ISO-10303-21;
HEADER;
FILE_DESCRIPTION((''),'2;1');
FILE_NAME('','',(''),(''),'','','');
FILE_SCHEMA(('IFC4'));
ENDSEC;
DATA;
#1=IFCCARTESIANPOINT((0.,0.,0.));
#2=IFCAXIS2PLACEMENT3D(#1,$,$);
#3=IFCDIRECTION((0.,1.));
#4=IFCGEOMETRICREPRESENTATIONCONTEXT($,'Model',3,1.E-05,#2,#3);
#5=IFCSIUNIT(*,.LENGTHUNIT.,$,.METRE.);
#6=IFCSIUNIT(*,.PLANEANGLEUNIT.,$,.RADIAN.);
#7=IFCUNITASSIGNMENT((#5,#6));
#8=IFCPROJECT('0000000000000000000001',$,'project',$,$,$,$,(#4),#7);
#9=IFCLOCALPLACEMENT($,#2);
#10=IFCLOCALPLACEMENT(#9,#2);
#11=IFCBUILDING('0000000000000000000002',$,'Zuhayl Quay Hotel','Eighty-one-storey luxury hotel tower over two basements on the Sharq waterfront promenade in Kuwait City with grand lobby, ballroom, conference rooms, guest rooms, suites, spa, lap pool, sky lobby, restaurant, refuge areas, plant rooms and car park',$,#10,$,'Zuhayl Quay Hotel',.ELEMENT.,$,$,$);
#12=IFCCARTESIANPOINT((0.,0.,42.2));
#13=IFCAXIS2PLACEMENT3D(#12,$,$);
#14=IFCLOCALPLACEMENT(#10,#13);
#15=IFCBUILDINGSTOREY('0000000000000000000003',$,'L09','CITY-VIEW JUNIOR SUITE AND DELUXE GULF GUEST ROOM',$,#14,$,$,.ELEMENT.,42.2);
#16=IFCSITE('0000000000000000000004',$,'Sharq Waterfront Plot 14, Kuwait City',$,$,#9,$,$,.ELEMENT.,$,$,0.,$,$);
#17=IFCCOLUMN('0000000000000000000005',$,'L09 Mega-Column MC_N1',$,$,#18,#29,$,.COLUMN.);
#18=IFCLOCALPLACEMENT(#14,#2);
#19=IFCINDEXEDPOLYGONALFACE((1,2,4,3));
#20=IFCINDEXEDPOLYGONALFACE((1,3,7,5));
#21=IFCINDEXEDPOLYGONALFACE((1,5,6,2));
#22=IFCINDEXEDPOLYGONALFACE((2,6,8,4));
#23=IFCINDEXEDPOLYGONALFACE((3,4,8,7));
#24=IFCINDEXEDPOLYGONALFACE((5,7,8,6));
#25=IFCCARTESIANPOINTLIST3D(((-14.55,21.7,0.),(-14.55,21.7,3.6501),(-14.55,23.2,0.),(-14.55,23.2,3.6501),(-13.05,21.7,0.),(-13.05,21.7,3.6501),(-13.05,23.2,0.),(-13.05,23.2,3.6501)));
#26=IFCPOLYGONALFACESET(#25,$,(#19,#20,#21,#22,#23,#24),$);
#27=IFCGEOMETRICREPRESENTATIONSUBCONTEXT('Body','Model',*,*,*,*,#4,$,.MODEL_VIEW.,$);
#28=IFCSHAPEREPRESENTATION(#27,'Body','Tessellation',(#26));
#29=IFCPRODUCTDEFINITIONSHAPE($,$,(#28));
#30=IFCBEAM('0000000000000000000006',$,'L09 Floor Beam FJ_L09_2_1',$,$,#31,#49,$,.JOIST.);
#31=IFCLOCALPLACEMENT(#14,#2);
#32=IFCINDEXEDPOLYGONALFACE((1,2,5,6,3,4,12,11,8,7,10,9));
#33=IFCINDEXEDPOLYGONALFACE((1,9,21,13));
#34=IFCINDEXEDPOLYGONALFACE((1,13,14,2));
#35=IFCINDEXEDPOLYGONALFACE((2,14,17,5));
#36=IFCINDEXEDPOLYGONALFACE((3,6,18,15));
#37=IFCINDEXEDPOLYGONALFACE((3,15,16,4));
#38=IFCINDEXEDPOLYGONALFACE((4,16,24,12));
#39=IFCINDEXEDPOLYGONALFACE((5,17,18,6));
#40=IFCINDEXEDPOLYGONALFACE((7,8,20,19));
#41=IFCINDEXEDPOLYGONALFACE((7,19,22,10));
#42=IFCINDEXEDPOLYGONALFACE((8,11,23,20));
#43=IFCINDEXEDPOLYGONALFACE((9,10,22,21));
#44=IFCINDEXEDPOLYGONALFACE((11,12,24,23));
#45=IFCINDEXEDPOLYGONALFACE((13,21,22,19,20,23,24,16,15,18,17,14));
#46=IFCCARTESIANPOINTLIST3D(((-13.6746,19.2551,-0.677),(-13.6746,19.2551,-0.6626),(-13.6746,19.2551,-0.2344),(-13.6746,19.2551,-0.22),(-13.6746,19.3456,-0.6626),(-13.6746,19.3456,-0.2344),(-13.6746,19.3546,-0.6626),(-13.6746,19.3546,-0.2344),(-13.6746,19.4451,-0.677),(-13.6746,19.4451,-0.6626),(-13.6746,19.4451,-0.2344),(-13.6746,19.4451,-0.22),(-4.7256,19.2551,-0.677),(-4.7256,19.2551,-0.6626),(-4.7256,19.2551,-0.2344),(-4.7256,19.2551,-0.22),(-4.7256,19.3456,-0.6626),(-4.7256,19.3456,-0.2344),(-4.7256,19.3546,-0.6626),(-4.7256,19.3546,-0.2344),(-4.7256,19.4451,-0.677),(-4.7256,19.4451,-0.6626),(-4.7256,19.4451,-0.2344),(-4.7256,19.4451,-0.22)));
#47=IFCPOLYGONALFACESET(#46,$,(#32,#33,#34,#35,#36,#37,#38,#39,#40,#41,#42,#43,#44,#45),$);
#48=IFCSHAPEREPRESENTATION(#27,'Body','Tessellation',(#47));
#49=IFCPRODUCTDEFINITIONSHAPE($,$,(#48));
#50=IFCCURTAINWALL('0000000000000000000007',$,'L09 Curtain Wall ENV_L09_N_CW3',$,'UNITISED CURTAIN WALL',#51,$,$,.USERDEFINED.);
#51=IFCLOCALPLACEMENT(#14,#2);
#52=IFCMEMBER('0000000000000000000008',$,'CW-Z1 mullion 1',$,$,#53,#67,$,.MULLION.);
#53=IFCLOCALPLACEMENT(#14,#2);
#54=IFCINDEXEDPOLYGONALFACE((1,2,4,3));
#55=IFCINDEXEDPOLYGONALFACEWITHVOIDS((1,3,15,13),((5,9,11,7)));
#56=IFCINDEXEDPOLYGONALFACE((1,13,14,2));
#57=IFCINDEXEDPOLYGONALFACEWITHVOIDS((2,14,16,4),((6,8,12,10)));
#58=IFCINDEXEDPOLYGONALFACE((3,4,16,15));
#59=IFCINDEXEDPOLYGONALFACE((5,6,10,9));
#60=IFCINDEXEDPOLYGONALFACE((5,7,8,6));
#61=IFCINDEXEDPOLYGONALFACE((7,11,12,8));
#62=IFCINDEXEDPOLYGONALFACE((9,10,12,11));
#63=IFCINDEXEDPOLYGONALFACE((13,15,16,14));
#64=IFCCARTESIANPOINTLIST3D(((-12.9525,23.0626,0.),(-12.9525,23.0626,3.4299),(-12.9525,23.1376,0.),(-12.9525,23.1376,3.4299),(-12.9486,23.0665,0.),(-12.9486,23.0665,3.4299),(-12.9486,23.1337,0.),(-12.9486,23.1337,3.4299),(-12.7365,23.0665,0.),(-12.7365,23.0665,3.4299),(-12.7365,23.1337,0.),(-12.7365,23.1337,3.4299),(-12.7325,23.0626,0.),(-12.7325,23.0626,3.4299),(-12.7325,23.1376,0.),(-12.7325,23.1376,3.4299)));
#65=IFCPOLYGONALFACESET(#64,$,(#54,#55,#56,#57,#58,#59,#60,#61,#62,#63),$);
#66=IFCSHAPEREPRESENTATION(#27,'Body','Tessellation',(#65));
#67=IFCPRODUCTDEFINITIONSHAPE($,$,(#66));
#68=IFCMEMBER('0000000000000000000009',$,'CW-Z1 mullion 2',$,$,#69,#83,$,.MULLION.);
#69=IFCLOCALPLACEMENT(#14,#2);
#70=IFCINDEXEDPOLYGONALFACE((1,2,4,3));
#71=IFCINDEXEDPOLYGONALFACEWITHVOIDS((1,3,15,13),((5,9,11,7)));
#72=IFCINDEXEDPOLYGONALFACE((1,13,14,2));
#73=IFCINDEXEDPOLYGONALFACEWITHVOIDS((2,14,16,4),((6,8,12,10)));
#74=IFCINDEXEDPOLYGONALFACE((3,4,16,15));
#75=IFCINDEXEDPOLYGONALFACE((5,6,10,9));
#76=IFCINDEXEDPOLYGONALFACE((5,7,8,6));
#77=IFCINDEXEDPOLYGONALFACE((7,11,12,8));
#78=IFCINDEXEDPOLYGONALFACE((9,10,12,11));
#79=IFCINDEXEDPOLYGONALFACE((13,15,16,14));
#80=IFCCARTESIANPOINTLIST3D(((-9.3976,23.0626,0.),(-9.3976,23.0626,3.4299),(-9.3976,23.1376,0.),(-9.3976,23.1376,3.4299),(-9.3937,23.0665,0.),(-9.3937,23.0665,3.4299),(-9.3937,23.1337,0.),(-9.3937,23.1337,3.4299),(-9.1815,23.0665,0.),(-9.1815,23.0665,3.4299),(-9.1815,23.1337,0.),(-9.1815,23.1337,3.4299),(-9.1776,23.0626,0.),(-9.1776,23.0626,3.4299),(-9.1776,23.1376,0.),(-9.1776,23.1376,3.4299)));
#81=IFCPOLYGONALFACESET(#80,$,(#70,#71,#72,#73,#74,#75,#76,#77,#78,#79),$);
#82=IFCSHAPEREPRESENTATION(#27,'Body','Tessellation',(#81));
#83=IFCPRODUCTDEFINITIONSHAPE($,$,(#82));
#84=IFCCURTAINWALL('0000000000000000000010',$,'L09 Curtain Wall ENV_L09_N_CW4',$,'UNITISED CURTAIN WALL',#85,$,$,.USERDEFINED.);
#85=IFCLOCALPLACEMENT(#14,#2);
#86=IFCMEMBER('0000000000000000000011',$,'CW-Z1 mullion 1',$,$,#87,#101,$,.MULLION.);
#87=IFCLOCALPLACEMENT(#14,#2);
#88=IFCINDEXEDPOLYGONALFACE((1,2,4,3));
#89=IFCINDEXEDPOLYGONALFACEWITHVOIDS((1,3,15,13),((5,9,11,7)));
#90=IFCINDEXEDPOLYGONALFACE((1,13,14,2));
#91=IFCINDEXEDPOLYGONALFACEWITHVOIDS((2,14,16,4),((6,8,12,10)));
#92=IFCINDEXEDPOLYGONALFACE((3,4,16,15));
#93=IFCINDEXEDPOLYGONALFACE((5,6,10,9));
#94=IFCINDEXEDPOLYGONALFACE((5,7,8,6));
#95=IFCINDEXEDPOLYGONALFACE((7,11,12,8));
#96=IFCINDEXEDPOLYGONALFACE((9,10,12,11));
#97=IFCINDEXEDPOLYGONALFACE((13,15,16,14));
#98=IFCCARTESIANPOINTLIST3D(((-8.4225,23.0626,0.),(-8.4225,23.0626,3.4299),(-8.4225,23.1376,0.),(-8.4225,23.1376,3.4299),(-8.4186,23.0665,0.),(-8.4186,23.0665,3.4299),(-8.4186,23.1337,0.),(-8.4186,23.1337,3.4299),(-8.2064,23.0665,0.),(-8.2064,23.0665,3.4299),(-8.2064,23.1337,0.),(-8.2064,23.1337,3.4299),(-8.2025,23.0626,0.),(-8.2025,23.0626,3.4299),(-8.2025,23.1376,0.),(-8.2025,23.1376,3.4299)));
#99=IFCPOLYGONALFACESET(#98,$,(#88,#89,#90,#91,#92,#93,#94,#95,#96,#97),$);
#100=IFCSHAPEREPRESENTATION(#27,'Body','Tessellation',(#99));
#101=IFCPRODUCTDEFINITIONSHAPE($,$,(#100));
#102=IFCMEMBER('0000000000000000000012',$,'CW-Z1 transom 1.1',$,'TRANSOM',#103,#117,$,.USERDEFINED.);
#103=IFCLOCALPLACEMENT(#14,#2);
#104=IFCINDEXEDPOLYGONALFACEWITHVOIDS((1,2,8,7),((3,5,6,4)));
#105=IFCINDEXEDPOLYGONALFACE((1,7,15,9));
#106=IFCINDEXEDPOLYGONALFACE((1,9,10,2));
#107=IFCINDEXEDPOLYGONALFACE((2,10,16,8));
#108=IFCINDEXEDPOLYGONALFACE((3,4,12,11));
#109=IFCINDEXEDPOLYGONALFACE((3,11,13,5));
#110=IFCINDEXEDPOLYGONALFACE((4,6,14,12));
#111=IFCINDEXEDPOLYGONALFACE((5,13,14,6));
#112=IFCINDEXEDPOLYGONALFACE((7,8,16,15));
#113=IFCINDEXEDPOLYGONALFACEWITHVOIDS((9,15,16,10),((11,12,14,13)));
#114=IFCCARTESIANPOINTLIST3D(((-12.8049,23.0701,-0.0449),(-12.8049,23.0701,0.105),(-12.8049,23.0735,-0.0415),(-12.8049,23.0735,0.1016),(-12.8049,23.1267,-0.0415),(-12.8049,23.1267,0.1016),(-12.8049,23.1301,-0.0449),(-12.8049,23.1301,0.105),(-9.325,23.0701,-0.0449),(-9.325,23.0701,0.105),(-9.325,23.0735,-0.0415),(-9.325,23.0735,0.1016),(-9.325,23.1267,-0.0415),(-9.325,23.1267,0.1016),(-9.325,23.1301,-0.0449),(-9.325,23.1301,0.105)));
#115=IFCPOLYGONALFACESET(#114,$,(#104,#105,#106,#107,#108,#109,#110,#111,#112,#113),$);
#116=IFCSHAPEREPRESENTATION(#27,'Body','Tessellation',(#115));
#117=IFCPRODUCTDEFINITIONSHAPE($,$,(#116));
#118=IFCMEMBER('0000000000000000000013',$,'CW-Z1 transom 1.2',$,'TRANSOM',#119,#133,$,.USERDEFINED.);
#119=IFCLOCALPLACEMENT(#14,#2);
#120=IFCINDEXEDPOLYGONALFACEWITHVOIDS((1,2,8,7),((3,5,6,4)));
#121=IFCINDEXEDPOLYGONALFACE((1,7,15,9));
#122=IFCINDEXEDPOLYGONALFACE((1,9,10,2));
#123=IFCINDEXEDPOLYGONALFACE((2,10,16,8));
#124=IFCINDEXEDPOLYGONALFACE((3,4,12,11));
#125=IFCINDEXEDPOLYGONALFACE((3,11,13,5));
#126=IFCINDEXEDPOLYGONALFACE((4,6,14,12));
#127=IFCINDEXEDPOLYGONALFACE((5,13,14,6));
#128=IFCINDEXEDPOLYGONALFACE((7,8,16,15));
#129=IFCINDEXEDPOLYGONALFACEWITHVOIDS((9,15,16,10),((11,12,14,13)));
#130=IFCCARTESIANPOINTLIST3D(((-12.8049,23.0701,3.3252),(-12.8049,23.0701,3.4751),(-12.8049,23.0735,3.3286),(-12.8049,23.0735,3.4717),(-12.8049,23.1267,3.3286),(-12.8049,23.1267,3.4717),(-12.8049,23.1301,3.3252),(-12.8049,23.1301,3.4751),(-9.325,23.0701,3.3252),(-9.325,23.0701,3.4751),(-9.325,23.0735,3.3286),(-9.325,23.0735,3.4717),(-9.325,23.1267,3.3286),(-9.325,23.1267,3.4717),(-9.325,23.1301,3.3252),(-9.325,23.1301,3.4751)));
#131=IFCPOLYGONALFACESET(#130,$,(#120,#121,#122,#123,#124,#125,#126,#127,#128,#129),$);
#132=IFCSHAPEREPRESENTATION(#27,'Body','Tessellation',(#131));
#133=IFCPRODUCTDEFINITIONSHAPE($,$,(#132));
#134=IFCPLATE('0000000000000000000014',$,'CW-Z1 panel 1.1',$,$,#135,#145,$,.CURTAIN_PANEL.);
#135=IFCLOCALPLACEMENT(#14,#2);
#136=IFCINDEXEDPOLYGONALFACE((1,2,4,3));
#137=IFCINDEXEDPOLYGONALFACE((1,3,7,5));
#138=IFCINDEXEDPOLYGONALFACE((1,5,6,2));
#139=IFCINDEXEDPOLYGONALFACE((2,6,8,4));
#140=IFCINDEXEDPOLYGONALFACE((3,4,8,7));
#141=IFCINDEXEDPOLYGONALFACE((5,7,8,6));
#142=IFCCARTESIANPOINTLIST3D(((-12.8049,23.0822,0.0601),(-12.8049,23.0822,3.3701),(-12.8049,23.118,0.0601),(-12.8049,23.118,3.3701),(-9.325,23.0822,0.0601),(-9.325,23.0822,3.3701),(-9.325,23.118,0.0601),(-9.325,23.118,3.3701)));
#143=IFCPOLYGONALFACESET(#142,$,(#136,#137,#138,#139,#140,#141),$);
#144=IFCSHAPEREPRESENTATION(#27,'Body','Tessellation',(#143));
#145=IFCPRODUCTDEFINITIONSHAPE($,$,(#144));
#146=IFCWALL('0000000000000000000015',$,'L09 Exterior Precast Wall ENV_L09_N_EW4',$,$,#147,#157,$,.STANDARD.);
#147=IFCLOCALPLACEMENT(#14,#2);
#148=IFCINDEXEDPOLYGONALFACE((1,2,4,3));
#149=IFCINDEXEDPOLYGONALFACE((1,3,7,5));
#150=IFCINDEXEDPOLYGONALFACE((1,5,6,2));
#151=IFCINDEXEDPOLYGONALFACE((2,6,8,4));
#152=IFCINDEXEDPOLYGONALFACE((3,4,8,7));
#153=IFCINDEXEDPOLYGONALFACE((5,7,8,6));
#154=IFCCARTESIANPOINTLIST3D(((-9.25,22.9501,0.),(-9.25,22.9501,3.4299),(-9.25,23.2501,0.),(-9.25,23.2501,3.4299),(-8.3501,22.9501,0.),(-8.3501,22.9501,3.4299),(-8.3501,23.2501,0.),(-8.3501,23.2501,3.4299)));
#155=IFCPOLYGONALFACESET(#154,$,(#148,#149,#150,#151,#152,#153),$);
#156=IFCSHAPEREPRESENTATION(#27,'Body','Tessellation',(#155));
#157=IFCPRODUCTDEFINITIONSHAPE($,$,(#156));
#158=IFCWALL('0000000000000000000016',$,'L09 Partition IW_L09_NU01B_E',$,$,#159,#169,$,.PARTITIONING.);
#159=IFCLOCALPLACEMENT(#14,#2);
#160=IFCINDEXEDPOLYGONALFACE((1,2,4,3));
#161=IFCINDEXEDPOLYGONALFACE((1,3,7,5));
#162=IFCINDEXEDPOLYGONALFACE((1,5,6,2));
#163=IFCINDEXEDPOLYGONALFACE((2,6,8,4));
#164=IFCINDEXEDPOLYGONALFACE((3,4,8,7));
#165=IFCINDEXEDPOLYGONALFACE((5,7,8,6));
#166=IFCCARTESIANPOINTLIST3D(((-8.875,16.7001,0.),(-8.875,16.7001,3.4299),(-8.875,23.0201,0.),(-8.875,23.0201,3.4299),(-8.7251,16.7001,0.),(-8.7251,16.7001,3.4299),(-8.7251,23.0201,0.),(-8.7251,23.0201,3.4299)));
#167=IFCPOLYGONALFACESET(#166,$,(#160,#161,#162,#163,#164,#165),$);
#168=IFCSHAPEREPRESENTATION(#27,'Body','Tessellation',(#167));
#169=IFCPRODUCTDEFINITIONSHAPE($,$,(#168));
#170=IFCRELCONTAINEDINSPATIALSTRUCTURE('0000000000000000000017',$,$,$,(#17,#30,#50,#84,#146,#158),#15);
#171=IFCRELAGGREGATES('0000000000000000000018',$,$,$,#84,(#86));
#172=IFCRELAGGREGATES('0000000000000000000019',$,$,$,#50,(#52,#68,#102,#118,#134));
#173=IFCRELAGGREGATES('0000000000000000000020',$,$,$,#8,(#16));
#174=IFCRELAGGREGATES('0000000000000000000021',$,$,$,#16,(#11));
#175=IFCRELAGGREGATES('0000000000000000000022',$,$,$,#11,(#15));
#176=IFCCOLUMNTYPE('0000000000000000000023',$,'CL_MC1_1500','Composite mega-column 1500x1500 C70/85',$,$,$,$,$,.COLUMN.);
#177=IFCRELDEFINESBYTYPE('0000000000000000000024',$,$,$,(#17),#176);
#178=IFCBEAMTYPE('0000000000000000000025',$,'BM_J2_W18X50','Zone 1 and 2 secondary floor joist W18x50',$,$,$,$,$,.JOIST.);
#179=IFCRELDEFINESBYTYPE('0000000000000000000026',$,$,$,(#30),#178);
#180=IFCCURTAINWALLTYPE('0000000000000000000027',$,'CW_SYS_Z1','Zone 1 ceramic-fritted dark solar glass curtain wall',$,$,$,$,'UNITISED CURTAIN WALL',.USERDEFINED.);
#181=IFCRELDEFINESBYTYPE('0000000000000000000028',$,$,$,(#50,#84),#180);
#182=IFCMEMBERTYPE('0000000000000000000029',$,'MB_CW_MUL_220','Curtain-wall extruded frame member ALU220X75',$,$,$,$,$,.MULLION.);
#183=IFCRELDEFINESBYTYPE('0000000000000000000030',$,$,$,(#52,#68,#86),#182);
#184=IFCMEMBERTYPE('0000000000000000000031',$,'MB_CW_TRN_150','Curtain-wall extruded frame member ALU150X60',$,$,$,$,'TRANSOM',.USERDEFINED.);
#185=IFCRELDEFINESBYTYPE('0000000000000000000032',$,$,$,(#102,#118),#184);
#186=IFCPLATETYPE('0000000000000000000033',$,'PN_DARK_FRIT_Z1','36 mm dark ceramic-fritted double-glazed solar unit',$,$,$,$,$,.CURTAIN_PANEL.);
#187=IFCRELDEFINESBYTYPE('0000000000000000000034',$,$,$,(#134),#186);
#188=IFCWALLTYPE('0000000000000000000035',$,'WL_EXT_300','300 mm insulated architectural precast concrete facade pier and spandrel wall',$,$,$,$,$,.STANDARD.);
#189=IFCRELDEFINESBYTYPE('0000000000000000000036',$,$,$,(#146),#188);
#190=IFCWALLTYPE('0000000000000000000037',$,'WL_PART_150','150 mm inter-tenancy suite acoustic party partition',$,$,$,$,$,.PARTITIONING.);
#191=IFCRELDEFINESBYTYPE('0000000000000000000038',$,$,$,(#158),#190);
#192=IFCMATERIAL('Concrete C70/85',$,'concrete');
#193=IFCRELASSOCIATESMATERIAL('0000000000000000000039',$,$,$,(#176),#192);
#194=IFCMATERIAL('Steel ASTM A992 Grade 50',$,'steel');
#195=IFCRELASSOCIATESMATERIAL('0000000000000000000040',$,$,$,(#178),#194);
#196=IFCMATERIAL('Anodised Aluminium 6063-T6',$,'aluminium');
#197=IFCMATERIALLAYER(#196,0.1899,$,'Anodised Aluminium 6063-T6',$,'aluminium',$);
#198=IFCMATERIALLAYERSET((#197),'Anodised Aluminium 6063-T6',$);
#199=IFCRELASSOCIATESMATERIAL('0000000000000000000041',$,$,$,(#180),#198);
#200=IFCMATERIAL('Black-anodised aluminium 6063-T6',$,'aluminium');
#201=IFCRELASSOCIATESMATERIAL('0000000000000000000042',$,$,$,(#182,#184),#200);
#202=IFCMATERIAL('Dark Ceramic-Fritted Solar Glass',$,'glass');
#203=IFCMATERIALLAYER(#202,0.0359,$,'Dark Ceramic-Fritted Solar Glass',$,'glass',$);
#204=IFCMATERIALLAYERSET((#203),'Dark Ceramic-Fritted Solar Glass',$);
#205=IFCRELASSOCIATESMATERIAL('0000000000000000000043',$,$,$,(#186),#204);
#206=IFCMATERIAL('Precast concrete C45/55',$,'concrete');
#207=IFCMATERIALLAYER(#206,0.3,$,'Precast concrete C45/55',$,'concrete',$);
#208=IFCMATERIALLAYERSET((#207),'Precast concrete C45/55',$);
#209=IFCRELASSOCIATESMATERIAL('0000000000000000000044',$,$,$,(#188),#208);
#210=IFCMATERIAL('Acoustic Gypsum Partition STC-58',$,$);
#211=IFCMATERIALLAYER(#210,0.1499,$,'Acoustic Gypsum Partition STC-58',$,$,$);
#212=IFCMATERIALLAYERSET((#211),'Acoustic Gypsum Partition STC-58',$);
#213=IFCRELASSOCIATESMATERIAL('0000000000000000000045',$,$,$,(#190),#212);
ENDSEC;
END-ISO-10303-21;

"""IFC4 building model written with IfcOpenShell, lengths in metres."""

from ifc_helpers import new_model, si_unit, direction, frame, frame_2d, origin, origin_2d, place, context, subcontext, project, spatial, rectangle, hollow_rectangle, i_section, extrude, material, layer, layer_set, material_profile, profile_set, type_object, element, aggregate, save


model = new_model("IFC4")

# Units and contexts
model_context = context("Model", 3, precision=1e-05, world=origin(), true_north=direction((0.0, 1.0)))
body_context = subcontext(model_context, "Body", "Model", "MODEL_VIEW")
ifc_project = project(units=[si_unit("LENGTHUNIT", "METRE"), si_unit("PLANEANGLEUNIT", "RADIAN")], contexts=[model_context])

# Site, building, storey
site_placement = place(None, origin())
site = spatial("IfcSite", under=ifc_project, at=site_placement, Name="Sharq Waterfront Plot 14, Kuwait City", CompositionType="ELEMENT", RefElevation=0.0)
building_placement = place(site_placement, origin())
building = spatial("IfcBuilding", under=site, at=building_placement, Name="Zuhayl Quay Hotel", Description="Eighty-one-storey luxury hotel tower over two basements on the Sharq waterfront promenade in Kuwait City with grand lobby, ballroom, conference rooms, guest rooms, suites, spa, lap pool, sky lobby, restaurant, refuge areas, plant rooms and car park", LongName="Zuhayl Quay Hotel", CompositionType="ELEMENT")
storey_placement = place(building_placement, frame((0.0, 0.0, 42.2)))
storey = spatial("IfcBuildingStorey", under=building, at=storey_placement, Name="L09", Description="CITY-VIEW JUNIOR SUITE AND DELUXE GULF GUEST ROOM", CompositionType="ELEMENT", Elevation=42.2)

# Column
ifc_material_1 = material(Name="Concrete C70/85", Category="concrete")
ifc_material_profile_1 = material_profile(ifc_material_1, rectangle(XDim=1.5, YDim=1.5, at=origin_2d()), Name="RC1500X1500")
ifc_profile_set_1 = profile_set([ifc_material_profile_1], Name="Concrete C70/85")
column_type = type_object("IfcColumnType", Name="CL_MC1_1500", Description="Composite mega-column 1500x1500 C70/85", PredefinedType="COLUMN", material=ifc_profile_set_1)
column_placement = place(storey_placement, frame((-13.8, 22.45, 0.0), z_axis=(0.0, 0.0, 1.0), x_axis=(1.0, 0.0, 0.0)))
element("IfcColumn", 1, at=column_placement, inside=storey, type_object=column_type, Name="L09 Mega-Column MC_N1", PredefinedType="COLUMN", context=body_context, shape_type="SweptSolid", body=[
    extrude(rectangle(XDim=1.5, YDim=1.5, at=origin_2d()), origin(), (0.0, 0.0, 1.0), 3.6501),
])

# Beam
ifc_material_2 = material(Name="Steel ASTM A992 Grade 50", Category="steel")
ifc_material_profile_2 = material_profile(ifc_material_2, i_section(OverallWidth=0.1899, OverallDepth=0.457, WebThickness=0.009, FlangeThickness=0.0144, at=origin_2d()), Name="W18X50")
ifc_profile_set_2 = profile_set([ifc_material_profile_2], Name="Steel ASTM A992 Grade 50")
beam_type = type_object("IfcBeamType", Name="BM_J2_W18X50", Description="Zone 1 and 2 secondary floor joist W18x50", PredefinedType="JOIST", material=ifc_profile_set_2)
beam_placement = place(storey_placement, frame((-13.6746, 19.3501, -0.4485), z_axis=(1.0, 0.0, 0.0), x_axis=(0.0, 1.0, 0.0)))
element("IfcBeam", 2, at=beam_placement, inside=storey, type_object=beam_type, Name="L09 Floor Beam FJ_L09_2_1", PredefinedType="JOIST", context=body_context, shape_type="SweptSolid", body=[
    extrude(i_section(OverallWidth=0.1899, OverallDepth=0.457, WebThickness=0.009, FlangeThickness=0.0144, at=origin_2d()), origin(), (0.0, 0.0, 1.0), 8.949),
])

# Curtain wall, members
ifc_material_3 = material(Name="Anodised Aluminium 6063-T6", Category="aluminium")
ifc_layer_1 = layer(ifc_material_3, 0.1899, Name="Anodised Aluminium 6063-T6", Category="aluminium")
ifc_layer_set_1 = layer_set([ifc_layer_1], Name="Anodised Aluminium 6063-T6")
curtain_wall_type = type_object("IfcCurtainWallType", Name="CW_SYS_Z1", Description="Zone 1 ceramic-fritted dark solar glass curtain wall", ElementType="UNITISED CURTAIN WALL", PredefinedType="USERDEFINED", material=ifc_layer_set_1)
curtain_wall_1_placement = place(storey_placement, origin())
curtain_wall_1 = element("IfcCurtainWall", 3, at=curtain_wall_1_placement, inside=storey, type_object=curtain_wall_type, Name="L09 Curtain Wall ENV_L09_N_CW3", ObjectType="UNITISED CURTAIN WALL", PredefinedType="USERDEFINED")
ifc_material_4 = material(Name="Black-anodised aluminium 6063-T6", Category="aluminium")
ifc_material_profile_3 = material_profile(ifc_material_4, hollow_rectangle(XDim=0.075, YDim=0.22, WallThickness=0.0039, at=origin_2d()), Name="ALU220X75")
ifc_profile_set_3 = profile_set([ifc_material_profile_3], Name="Black-anodised aluminium 6063-T6")
member_type_1 = type_object("IfcMemberType", Name="MB_CW_MUL_220", Description="Curtain-wall extruded frame member ALU220X75", PredefinedType="MULLION", material=ifc_profile_set_3)
member_1_placement = place(storey_placement, frame((-12.8425, 23.1001, 0.0), z_axis=(0.0, 0.0, 1.0), x_axis=(0.0, 1.0, 0.0)))
member_1 = element("IfcMember", 4, at=member_1_placement, type_object=member_type_1, Name="CW-Z1 mullion 1", PredefinedType="MULLION", context=body_context, shape_type="SweptSolid", body=[
    extrude(hollow_rectangle(XDim=0.075, YDim=0.22, WallThickness=0.0039, at=origin_2d()), origin(), (0.0, 0.0, 1.0), 3.4299),
])
member_2_placement = place(storey_placement, frame((-9.2876, 23.1001, 0.0), z_axis=(0.0, 0.0, 1.0), x_axis=(0.0, 1.0, 0.0)))
member_2 = element("IfcMember", 5, at=member_2_placement, type_object=member_type_1, Name="CW-Z1 mullion 2", PredefinedType="MULLION", context=body_context, shape_type="SweptSolid", body=[
    extrude(hollow_rectangle(XDim=0.075, YDim=0.22, WallThickness=0.0039, at=origin_2d()), origin(), (0.0, 0.0, 1.0), 3.4299),
])

# Curtain wall, member
curtain_wall_2_placement = place(storey_placement, origin())
curtain_wall_2 = element("IfcCurtainWall", 6, at=curtain_wall_2_placement, inside=storey, type_object=curtain_wall_type, Name="L09 Curtain Wall ENV_L09_N_CW4", ObjectType="UNITISED CURTAIN WALL", PredefinedType="USERDEFINED")
member_3_placement = place(storey_placement, frame((-8.3125, 23.1001, 0.0), z_axis=(0.0, 0.0, 1.0), x_axis=(0.0, 1.0, 0.0)))
member_3 = element("IfcMember", 7, at=member_3_placement, type_object=member_type_1, Name="CW-Z1 mullion 1", PredefinedType="MULLION", context=body_context, shape_type="SweptSolid", body=[
    extrude(hollow_rectangle(XDim=0.075, YDim=0.22, WallThickness=0.0039, at=origin_2d()), origin(), (0.0, 0.0, 1.0), 3.4299),
])
aggregate(curtain_wall_2, [member_3])

# Members
ifc_material_profile_4 = material_profile(ifc_material_4, hollow_rectangle(XDim=0.0601, YDim=0.1499, WallThickness=0.0034, at=origin_2d()), Name="ALU150X60")
ifc_profile_set_4 = profile_set([ifc_material_profile_4], Name="Black-anodised aluminium 6063-T6")
member_type_2 = type_object("IfcMemberType", Name="MB_CW_TRN_150", Description="Curtain-wall extruded frame member ALU150X60", ElementType="TRANSOM", PredefinedType="USERDEFINED", material=ifc_profile_set_4)
member_4_placement = place(storey_placement, frame((-12.8049, 23.1001, 0.03), z_axis=(1.0, 0.0, 0.0), x_axis=(0.0, 1.0, 0.0)))
member_4 = element("IfcMember", 8, at=member_4_placement, type_object=member_type_2, Name="CW-Z1 transom 1.1", ObjectType="TRANSOM", PredefinedType="USERDEFINED", context=body_context, shape_type="SweptSolid", body=[
    extrude(hollow_rectangle(XDim=0.0601, YDim=0.1499, WallThickness=0.0034, at=origin_2d()), origin(), (0.0, 0.0, 1.0), 3.48),
])
member_5_placement = place(storey_placement, frame((-12.8049, 23.1001, 3.4001), z_axis=(1.0, 0.0, 0.0), x_axis=(0.0, 1.0, 0.0)))
member_5 = element("IfcMember", 9, at=member_5_placement, type_object=member_type_2, Name="CW-Z1 transom 1.2", ObjectType="TRANSOM", PredefinedType="USERDEFINED", context=body_context, shape_type="SweptSolid", body=[
    extrude(hollow_rectangle(XDim=0.0601, YDim=0.1499, WallThickness=0.0034, at=origin_2d()), origin(), (0.0, 0.0, 1.0), 3.48),
])

# Plate
ifc_material_5 = material(Name="Dark Ceramic-Fritted Solar Glass", Category="glass")
ifc_layer_2 = layer(ifc_material_5, 0.0359, Name="Dark Ceramic-Fritted Solar Glass", Category="glass")
ifc_layer_set_2 = layer_set([ifc_layer_2], Name="Dark Ceramic-Fritted Solar Glass")
plate_type = type_object("IfcPlateType", Name="PN_DARK_FRIT_Z1", Description="36 mm dark ceramic-fritted double-glazed solar unit", PredefinedType="CURTAIN_PANEL", material=ifc_layer_set_2)
plate_placement = place(storey_placement, frame((-11.0649, 23.1001, 0.0601), z_axis=(0.0, 0.0, 1.0), x_axis=(1.0, 0.0, 0.0)))
plate = element("IfcPlate", 10, at=plate_placement, type_object=plate_type, Name="CW-Z1 panel 1.1", PredefinedType="CURTAIN_PANEL", context=body_context, shape_type="SweptSolid", body=[
    extrude(rectangle(XDim=3.48, YDim=0.0359, at=origin_2d()), origin(), (0.0, 0.0, 1.0), 3.3101),
])
aggregate(curtain_wall_1, [member_1, member_2, member_4, member_5, plate])

# Walls
ifc_material_6 = material(Name="Precast concrete C45/55", Category="concrete")
ifc_layer_3 = layer(ifc_material_6, 0.3, Name="Precast concrete C45/55", Category="concrete")
ifc_layer_set_3 = layer_set([ifc_layer_3], Name="Precast concrete C45/55")
wall_type_1 = type_object("IfcWallType", Name="WL_EXT_300", Description="300 mm insulated architectural precast concrete facade pier and spandrel wall", PredefinedType="STANDARD", material=ifc_layer_set_3)
wall_1_placement = place(storey_placement, frame((-9.25, 23.1001, 0.0), z_axis=(0.0, 0.0, 1.0), x_axis=(1.0, 0.0, 0.0)))
element("IfcWall", 11, at=wall_1_placement, inside=storey, type_object=wall_type_1, Name="L09 Exterior Precast Wall ENV_L09_N_EW4", PredefinedType="STANDARD", context=body_context, shape_type="SweptSolid", body=[
    extrude(rectangle(XDim=0.8999, YDim=0.3, at=frame_2d((0.45, 0.0))), origin(), (0.0, 0.0, 1.0), 3.4299),
])
ifc_material_7 = material(Name="Acoustic Gypsum Partition STC-58")
ifc_layer_4 = layer(ifc_material_7, 0.1499, Name="Acoustic Gypsum Partition STC-58")
ifc_layer_set_4 = layer_set([ifc_layer_4], Name="Acoustic Gypsum Partition STC-58")
wall_type_2 = type_object("IfcWallType", Name="WL_PART_150", Description="150 mm inter-tenancy suite acoustic party partition", PredefinedType="PARTITIONING", material=ifc_layer_set_4)
wall_2_placement = place(storey_placement, frame((-8.8, 16.7, 0.0), z_axis=(0.0, 0.0, 1.0), x_axis=(0.0, 1.0, 0.0)))
element("IfcWall", 12, at=wall_2_placement, inside=storey, type_object=wall_type_2, Name="L09 Partition IW_L09_NU01B_E", PredefinedType="PARTITIONING", context=body_context, shape_type="SweptSolid", body=[
    extrude(rectangle(XDim=6.3201, YDim=0.1499, at=frame_2d((3.1602, 0.0))), origin(), (0.0, 0.0, 1.0), 3.4299),
])

save(model, "model.ifc")
